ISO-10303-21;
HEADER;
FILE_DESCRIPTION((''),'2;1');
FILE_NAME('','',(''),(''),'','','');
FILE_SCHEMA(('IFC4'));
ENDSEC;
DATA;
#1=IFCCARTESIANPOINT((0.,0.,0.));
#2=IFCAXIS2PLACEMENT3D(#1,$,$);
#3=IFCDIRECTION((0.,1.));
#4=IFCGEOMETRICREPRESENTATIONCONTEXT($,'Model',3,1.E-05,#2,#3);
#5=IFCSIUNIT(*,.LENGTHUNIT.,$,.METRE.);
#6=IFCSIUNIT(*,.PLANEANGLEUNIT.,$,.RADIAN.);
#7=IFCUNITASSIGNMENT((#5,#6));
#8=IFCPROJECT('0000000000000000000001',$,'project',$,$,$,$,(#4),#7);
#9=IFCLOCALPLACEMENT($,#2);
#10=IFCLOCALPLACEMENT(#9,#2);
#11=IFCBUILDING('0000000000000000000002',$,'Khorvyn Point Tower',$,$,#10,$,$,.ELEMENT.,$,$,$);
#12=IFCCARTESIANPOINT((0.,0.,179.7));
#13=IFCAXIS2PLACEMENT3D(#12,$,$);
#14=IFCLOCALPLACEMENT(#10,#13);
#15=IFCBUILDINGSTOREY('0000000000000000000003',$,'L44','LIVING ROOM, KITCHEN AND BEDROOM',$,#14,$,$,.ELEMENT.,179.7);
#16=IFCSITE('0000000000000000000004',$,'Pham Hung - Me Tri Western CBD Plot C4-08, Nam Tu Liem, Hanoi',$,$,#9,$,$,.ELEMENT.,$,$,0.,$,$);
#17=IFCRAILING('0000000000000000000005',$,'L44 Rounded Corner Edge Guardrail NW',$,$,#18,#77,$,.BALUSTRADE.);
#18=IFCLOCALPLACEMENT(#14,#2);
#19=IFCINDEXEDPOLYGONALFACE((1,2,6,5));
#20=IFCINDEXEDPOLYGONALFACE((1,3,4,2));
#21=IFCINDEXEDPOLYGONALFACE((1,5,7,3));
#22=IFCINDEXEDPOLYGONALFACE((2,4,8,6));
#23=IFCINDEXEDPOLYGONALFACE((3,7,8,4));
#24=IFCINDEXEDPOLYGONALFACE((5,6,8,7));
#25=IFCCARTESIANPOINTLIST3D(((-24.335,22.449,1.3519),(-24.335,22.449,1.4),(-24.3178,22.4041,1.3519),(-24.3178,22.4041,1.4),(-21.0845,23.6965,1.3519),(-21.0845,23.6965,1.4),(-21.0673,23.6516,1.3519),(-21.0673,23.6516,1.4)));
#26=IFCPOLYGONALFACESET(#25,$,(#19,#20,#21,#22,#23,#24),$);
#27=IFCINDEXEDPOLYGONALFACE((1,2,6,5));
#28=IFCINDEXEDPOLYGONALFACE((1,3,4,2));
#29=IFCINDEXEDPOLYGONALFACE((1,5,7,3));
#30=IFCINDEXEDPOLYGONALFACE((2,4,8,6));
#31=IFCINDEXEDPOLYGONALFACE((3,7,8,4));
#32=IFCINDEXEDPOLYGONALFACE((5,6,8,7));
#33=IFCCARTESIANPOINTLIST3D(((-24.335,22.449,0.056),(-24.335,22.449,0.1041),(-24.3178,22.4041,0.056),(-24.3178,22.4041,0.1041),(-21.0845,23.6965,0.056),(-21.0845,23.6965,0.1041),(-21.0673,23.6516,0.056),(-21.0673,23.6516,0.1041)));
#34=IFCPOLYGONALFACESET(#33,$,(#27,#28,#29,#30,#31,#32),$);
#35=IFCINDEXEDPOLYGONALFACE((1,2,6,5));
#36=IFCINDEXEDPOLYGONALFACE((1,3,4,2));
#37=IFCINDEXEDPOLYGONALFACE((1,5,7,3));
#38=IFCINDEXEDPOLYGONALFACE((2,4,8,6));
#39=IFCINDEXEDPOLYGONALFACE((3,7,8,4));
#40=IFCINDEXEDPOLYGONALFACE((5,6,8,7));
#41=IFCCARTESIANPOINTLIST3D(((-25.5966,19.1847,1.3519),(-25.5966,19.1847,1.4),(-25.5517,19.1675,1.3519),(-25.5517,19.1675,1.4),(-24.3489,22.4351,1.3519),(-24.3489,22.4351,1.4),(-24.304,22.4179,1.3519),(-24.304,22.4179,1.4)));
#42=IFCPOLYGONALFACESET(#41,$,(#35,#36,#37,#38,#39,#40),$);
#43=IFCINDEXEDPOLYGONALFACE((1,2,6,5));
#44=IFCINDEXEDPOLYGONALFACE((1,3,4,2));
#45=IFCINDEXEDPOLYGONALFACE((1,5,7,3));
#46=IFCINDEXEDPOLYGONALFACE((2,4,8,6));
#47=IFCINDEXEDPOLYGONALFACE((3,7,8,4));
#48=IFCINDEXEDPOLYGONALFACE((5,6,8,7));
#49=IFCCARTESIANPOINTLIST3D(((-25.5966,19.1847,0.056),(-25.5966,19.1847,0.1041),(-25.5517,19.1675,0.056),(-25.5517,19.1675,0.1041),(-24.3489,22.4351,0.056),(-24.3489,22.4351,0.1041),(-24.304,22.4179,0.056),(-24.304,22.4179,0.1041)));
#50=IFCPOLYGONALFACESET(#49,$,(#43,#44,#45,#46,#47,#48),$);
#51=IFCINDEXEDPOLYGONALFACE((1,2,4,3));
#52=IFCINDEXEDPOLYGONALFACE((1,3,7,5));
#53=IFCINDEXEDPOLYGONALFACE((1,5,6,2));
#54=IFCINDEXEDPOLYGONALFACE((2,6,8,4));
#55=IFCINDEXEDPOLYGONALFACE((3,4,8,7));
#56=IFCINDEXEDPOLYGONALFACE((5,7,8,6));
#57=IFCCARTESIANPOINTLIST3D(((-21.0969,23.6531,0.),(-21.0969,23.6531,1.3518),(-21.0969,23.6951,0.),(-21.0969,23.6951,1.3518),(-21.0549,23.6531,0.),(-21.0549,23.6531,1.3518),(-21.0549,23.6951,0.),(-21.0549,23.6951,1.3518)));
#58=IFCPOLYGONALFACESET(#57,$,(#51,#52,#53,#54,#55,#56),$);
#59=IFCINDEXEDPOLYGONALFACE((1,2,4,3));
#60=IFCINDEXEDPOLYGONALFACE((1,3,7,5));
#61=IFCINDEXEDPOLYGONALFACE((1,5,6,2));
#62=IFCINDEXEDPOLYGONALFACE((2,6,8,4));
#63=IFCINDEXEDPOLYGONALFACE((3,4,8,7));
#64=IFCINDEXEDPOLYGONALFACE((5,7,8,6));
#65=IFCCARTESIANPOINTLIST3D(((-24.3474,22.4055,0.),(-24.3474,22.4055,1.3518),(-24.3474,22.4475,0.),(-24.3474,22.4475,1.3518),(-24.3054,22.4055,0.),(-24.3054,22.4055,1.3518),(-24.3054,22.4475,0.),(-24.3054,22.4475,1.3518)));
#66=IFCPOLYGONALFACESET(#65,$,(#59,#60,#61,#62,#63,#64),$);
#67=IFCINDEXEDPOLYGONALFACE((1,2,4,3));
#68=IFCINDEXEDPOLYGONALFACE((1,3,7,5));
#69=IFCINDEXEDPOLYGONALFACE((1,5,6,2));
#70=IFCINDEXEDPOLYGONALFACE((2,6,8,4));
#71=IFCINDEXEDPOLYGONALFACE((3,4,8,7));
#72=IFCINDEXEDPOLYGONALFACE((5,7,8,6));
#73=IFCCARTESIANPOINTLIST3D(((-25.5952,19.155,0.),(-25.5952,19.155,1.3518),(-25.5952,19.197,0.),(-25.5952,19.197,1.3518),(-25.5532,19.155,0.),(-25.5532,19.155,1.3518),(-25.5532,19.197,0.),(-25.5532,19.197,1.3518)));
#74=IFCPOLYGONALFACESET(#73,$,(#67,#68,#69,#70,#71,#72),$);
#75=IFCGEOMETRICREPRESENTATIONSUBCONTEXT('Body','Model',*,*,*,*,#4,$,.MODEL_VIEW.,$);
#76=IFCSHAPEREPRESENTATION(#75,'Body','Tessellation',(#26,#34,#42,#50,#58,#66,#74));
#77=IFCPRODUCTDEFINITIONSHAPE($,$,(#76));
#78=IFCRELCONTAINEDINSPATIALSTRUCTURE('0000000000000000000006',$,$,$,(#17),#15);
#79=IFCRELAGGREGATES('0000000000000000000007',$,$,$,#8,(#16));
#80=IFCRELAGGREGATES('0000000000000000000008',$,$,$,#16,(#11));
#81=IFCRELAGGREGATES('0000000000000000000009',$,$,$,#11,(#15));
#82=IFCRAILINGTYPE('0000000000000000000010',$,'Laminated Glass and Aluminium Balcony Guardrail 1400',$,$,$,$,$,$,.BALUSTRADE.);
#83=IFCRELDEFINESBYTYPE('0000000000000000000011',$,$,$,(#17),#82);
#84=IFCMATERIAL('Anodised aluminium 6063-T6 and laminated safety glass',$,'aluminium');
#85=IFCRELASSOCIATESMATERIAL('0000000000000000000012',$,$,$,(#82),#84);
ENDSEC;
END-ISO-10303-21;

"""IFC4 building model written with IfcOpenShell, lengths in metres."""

from ifc_helpers import new_model, si_unit, direction, frame, origin, origin_2d, place, context, subcontext, project, spatial, rectangle, extrude, material, type_object, element, save


model = new_model("IFC4")

# Units and contexts
model_context = context("Model", 3, precision=1e-05, world=origin(), true_north=direction((0.0, 1.0)))
body_context = subcontext(model_context, "Body", "Model", "MODEL_VIEW")
ifc_project = project(units=[si_unit("LENGTHUNIT", "METRE"), si_unit("PLANEANGLEUNIT", "RADIAN")], contexts=[model_context])

# Site, building, storey
site_placement = place(None, origin())
site = spatial("IfcSite", under=ifc_project, at=site_placement, Name="Pham Hung - Me Tri Western CBD Plot C4-08, Nam Tu Liem, Hanoi", CompositionType="ELEMENT", RefElevation=0.0)
building_placement = place(site_placement, origin())
building = spatial("IfcBuilding", under=site, at=building_placement, Name="Khorvyn Point Tower", CompositionType="ELEMENT")
storey_placement = place(building_placement, frame((0.0, 0.0, 179.7)))
storey = spatial("IfcBuildingStorey", under=building, at=storey_placement, Name="L44", Description="LIVING ROOM, KITCHEN AND BEDROOM", CompositionType="ELEMENT", Elevation=179.7)

# Railing
ifc_material_1 = material(Name="Anodised aluminium 6063-T6 and laminated safety glass", Category="aluminium")
railing_type = type_object("IfcRailingType", Name="Laminated Glass and Aluminium Balcony Guardrail 1400", PredefinedType="BALUSTRADE", material=ifc_material_1)
railing_placement = place(storey_placement, frame((-21.0759, 23.6741, 0.0)))
element("IfcRailing", 1, at=railing_placement, inside=storey, type_object=railing_type, Name="L44 Rounded Corner Edge Guardrail NW", PredefinedType="BALUSTRADE", context=body_context, shape_type="SweptSolid", body=[
    extrude(rectangle(XDim=0.0481, YDim=0.0481, at=origin_2d()), frame((0.0, 0.0, 1.376), z_axis=(-0.933598, -0.358321, 0.0), x_axis=(0.358321, -0.933598, 0.0)), (0.0, 0.0, 1.0), 3.4817),
    extrude(rectangle(XDim=0.0481, YDim=0.0481, at=origin_2d()), frame((0.0, 0.0, 0.0801), z_axis=(-0.933598, -0.358321, 0.0), x_axis=(0.358321, -0.933598, 0.0)), (0.0, 0.0, 1.0), 3.4817),
    extrude(rectangle(XDim=0.0481, YDim=0.0481, at=origin_2d()), frame((-3.2505, -1.2476, 1.376), z_axis=(-0.358382, -0.933575, 0.0), x_axis=(0.933575, -0.358382, 0.0)), (0.0, 0.0, 1.0), 3.4817),
    extrude(rectangle(XDim=0.0481, YDim=0.0481, at=origin_2d()), frame((-3.2505, -1.2476, 0.0801), z_axis=(-0.358382, -0.933575, 0.0), x_axis=(0.933575, -0.358382, 0.0)), (0.0, 0.0, 1.0), 3.4817),
    extrude(rectangle(XDim=0.042, YDim=0.042, at=origin_2d()), origin(), (0.0, 0.0, 1.0), 1.3518),
    extrude(rectangle(XDim=0.042, YDim=0.042, at=origin_2d()), frame((-3.2505, -1.2476, 0.0)), (0.0, 0.0, 1.0), 1.3518),
    extrude(rectangle(XDim=0.042, YDim=0.042, at=origin_2d()), frame((-4.4983, -4.498, 0.0)), (0.0, 0.0, 1.0), 1.3518),
])

save(model, "model.ifc")
